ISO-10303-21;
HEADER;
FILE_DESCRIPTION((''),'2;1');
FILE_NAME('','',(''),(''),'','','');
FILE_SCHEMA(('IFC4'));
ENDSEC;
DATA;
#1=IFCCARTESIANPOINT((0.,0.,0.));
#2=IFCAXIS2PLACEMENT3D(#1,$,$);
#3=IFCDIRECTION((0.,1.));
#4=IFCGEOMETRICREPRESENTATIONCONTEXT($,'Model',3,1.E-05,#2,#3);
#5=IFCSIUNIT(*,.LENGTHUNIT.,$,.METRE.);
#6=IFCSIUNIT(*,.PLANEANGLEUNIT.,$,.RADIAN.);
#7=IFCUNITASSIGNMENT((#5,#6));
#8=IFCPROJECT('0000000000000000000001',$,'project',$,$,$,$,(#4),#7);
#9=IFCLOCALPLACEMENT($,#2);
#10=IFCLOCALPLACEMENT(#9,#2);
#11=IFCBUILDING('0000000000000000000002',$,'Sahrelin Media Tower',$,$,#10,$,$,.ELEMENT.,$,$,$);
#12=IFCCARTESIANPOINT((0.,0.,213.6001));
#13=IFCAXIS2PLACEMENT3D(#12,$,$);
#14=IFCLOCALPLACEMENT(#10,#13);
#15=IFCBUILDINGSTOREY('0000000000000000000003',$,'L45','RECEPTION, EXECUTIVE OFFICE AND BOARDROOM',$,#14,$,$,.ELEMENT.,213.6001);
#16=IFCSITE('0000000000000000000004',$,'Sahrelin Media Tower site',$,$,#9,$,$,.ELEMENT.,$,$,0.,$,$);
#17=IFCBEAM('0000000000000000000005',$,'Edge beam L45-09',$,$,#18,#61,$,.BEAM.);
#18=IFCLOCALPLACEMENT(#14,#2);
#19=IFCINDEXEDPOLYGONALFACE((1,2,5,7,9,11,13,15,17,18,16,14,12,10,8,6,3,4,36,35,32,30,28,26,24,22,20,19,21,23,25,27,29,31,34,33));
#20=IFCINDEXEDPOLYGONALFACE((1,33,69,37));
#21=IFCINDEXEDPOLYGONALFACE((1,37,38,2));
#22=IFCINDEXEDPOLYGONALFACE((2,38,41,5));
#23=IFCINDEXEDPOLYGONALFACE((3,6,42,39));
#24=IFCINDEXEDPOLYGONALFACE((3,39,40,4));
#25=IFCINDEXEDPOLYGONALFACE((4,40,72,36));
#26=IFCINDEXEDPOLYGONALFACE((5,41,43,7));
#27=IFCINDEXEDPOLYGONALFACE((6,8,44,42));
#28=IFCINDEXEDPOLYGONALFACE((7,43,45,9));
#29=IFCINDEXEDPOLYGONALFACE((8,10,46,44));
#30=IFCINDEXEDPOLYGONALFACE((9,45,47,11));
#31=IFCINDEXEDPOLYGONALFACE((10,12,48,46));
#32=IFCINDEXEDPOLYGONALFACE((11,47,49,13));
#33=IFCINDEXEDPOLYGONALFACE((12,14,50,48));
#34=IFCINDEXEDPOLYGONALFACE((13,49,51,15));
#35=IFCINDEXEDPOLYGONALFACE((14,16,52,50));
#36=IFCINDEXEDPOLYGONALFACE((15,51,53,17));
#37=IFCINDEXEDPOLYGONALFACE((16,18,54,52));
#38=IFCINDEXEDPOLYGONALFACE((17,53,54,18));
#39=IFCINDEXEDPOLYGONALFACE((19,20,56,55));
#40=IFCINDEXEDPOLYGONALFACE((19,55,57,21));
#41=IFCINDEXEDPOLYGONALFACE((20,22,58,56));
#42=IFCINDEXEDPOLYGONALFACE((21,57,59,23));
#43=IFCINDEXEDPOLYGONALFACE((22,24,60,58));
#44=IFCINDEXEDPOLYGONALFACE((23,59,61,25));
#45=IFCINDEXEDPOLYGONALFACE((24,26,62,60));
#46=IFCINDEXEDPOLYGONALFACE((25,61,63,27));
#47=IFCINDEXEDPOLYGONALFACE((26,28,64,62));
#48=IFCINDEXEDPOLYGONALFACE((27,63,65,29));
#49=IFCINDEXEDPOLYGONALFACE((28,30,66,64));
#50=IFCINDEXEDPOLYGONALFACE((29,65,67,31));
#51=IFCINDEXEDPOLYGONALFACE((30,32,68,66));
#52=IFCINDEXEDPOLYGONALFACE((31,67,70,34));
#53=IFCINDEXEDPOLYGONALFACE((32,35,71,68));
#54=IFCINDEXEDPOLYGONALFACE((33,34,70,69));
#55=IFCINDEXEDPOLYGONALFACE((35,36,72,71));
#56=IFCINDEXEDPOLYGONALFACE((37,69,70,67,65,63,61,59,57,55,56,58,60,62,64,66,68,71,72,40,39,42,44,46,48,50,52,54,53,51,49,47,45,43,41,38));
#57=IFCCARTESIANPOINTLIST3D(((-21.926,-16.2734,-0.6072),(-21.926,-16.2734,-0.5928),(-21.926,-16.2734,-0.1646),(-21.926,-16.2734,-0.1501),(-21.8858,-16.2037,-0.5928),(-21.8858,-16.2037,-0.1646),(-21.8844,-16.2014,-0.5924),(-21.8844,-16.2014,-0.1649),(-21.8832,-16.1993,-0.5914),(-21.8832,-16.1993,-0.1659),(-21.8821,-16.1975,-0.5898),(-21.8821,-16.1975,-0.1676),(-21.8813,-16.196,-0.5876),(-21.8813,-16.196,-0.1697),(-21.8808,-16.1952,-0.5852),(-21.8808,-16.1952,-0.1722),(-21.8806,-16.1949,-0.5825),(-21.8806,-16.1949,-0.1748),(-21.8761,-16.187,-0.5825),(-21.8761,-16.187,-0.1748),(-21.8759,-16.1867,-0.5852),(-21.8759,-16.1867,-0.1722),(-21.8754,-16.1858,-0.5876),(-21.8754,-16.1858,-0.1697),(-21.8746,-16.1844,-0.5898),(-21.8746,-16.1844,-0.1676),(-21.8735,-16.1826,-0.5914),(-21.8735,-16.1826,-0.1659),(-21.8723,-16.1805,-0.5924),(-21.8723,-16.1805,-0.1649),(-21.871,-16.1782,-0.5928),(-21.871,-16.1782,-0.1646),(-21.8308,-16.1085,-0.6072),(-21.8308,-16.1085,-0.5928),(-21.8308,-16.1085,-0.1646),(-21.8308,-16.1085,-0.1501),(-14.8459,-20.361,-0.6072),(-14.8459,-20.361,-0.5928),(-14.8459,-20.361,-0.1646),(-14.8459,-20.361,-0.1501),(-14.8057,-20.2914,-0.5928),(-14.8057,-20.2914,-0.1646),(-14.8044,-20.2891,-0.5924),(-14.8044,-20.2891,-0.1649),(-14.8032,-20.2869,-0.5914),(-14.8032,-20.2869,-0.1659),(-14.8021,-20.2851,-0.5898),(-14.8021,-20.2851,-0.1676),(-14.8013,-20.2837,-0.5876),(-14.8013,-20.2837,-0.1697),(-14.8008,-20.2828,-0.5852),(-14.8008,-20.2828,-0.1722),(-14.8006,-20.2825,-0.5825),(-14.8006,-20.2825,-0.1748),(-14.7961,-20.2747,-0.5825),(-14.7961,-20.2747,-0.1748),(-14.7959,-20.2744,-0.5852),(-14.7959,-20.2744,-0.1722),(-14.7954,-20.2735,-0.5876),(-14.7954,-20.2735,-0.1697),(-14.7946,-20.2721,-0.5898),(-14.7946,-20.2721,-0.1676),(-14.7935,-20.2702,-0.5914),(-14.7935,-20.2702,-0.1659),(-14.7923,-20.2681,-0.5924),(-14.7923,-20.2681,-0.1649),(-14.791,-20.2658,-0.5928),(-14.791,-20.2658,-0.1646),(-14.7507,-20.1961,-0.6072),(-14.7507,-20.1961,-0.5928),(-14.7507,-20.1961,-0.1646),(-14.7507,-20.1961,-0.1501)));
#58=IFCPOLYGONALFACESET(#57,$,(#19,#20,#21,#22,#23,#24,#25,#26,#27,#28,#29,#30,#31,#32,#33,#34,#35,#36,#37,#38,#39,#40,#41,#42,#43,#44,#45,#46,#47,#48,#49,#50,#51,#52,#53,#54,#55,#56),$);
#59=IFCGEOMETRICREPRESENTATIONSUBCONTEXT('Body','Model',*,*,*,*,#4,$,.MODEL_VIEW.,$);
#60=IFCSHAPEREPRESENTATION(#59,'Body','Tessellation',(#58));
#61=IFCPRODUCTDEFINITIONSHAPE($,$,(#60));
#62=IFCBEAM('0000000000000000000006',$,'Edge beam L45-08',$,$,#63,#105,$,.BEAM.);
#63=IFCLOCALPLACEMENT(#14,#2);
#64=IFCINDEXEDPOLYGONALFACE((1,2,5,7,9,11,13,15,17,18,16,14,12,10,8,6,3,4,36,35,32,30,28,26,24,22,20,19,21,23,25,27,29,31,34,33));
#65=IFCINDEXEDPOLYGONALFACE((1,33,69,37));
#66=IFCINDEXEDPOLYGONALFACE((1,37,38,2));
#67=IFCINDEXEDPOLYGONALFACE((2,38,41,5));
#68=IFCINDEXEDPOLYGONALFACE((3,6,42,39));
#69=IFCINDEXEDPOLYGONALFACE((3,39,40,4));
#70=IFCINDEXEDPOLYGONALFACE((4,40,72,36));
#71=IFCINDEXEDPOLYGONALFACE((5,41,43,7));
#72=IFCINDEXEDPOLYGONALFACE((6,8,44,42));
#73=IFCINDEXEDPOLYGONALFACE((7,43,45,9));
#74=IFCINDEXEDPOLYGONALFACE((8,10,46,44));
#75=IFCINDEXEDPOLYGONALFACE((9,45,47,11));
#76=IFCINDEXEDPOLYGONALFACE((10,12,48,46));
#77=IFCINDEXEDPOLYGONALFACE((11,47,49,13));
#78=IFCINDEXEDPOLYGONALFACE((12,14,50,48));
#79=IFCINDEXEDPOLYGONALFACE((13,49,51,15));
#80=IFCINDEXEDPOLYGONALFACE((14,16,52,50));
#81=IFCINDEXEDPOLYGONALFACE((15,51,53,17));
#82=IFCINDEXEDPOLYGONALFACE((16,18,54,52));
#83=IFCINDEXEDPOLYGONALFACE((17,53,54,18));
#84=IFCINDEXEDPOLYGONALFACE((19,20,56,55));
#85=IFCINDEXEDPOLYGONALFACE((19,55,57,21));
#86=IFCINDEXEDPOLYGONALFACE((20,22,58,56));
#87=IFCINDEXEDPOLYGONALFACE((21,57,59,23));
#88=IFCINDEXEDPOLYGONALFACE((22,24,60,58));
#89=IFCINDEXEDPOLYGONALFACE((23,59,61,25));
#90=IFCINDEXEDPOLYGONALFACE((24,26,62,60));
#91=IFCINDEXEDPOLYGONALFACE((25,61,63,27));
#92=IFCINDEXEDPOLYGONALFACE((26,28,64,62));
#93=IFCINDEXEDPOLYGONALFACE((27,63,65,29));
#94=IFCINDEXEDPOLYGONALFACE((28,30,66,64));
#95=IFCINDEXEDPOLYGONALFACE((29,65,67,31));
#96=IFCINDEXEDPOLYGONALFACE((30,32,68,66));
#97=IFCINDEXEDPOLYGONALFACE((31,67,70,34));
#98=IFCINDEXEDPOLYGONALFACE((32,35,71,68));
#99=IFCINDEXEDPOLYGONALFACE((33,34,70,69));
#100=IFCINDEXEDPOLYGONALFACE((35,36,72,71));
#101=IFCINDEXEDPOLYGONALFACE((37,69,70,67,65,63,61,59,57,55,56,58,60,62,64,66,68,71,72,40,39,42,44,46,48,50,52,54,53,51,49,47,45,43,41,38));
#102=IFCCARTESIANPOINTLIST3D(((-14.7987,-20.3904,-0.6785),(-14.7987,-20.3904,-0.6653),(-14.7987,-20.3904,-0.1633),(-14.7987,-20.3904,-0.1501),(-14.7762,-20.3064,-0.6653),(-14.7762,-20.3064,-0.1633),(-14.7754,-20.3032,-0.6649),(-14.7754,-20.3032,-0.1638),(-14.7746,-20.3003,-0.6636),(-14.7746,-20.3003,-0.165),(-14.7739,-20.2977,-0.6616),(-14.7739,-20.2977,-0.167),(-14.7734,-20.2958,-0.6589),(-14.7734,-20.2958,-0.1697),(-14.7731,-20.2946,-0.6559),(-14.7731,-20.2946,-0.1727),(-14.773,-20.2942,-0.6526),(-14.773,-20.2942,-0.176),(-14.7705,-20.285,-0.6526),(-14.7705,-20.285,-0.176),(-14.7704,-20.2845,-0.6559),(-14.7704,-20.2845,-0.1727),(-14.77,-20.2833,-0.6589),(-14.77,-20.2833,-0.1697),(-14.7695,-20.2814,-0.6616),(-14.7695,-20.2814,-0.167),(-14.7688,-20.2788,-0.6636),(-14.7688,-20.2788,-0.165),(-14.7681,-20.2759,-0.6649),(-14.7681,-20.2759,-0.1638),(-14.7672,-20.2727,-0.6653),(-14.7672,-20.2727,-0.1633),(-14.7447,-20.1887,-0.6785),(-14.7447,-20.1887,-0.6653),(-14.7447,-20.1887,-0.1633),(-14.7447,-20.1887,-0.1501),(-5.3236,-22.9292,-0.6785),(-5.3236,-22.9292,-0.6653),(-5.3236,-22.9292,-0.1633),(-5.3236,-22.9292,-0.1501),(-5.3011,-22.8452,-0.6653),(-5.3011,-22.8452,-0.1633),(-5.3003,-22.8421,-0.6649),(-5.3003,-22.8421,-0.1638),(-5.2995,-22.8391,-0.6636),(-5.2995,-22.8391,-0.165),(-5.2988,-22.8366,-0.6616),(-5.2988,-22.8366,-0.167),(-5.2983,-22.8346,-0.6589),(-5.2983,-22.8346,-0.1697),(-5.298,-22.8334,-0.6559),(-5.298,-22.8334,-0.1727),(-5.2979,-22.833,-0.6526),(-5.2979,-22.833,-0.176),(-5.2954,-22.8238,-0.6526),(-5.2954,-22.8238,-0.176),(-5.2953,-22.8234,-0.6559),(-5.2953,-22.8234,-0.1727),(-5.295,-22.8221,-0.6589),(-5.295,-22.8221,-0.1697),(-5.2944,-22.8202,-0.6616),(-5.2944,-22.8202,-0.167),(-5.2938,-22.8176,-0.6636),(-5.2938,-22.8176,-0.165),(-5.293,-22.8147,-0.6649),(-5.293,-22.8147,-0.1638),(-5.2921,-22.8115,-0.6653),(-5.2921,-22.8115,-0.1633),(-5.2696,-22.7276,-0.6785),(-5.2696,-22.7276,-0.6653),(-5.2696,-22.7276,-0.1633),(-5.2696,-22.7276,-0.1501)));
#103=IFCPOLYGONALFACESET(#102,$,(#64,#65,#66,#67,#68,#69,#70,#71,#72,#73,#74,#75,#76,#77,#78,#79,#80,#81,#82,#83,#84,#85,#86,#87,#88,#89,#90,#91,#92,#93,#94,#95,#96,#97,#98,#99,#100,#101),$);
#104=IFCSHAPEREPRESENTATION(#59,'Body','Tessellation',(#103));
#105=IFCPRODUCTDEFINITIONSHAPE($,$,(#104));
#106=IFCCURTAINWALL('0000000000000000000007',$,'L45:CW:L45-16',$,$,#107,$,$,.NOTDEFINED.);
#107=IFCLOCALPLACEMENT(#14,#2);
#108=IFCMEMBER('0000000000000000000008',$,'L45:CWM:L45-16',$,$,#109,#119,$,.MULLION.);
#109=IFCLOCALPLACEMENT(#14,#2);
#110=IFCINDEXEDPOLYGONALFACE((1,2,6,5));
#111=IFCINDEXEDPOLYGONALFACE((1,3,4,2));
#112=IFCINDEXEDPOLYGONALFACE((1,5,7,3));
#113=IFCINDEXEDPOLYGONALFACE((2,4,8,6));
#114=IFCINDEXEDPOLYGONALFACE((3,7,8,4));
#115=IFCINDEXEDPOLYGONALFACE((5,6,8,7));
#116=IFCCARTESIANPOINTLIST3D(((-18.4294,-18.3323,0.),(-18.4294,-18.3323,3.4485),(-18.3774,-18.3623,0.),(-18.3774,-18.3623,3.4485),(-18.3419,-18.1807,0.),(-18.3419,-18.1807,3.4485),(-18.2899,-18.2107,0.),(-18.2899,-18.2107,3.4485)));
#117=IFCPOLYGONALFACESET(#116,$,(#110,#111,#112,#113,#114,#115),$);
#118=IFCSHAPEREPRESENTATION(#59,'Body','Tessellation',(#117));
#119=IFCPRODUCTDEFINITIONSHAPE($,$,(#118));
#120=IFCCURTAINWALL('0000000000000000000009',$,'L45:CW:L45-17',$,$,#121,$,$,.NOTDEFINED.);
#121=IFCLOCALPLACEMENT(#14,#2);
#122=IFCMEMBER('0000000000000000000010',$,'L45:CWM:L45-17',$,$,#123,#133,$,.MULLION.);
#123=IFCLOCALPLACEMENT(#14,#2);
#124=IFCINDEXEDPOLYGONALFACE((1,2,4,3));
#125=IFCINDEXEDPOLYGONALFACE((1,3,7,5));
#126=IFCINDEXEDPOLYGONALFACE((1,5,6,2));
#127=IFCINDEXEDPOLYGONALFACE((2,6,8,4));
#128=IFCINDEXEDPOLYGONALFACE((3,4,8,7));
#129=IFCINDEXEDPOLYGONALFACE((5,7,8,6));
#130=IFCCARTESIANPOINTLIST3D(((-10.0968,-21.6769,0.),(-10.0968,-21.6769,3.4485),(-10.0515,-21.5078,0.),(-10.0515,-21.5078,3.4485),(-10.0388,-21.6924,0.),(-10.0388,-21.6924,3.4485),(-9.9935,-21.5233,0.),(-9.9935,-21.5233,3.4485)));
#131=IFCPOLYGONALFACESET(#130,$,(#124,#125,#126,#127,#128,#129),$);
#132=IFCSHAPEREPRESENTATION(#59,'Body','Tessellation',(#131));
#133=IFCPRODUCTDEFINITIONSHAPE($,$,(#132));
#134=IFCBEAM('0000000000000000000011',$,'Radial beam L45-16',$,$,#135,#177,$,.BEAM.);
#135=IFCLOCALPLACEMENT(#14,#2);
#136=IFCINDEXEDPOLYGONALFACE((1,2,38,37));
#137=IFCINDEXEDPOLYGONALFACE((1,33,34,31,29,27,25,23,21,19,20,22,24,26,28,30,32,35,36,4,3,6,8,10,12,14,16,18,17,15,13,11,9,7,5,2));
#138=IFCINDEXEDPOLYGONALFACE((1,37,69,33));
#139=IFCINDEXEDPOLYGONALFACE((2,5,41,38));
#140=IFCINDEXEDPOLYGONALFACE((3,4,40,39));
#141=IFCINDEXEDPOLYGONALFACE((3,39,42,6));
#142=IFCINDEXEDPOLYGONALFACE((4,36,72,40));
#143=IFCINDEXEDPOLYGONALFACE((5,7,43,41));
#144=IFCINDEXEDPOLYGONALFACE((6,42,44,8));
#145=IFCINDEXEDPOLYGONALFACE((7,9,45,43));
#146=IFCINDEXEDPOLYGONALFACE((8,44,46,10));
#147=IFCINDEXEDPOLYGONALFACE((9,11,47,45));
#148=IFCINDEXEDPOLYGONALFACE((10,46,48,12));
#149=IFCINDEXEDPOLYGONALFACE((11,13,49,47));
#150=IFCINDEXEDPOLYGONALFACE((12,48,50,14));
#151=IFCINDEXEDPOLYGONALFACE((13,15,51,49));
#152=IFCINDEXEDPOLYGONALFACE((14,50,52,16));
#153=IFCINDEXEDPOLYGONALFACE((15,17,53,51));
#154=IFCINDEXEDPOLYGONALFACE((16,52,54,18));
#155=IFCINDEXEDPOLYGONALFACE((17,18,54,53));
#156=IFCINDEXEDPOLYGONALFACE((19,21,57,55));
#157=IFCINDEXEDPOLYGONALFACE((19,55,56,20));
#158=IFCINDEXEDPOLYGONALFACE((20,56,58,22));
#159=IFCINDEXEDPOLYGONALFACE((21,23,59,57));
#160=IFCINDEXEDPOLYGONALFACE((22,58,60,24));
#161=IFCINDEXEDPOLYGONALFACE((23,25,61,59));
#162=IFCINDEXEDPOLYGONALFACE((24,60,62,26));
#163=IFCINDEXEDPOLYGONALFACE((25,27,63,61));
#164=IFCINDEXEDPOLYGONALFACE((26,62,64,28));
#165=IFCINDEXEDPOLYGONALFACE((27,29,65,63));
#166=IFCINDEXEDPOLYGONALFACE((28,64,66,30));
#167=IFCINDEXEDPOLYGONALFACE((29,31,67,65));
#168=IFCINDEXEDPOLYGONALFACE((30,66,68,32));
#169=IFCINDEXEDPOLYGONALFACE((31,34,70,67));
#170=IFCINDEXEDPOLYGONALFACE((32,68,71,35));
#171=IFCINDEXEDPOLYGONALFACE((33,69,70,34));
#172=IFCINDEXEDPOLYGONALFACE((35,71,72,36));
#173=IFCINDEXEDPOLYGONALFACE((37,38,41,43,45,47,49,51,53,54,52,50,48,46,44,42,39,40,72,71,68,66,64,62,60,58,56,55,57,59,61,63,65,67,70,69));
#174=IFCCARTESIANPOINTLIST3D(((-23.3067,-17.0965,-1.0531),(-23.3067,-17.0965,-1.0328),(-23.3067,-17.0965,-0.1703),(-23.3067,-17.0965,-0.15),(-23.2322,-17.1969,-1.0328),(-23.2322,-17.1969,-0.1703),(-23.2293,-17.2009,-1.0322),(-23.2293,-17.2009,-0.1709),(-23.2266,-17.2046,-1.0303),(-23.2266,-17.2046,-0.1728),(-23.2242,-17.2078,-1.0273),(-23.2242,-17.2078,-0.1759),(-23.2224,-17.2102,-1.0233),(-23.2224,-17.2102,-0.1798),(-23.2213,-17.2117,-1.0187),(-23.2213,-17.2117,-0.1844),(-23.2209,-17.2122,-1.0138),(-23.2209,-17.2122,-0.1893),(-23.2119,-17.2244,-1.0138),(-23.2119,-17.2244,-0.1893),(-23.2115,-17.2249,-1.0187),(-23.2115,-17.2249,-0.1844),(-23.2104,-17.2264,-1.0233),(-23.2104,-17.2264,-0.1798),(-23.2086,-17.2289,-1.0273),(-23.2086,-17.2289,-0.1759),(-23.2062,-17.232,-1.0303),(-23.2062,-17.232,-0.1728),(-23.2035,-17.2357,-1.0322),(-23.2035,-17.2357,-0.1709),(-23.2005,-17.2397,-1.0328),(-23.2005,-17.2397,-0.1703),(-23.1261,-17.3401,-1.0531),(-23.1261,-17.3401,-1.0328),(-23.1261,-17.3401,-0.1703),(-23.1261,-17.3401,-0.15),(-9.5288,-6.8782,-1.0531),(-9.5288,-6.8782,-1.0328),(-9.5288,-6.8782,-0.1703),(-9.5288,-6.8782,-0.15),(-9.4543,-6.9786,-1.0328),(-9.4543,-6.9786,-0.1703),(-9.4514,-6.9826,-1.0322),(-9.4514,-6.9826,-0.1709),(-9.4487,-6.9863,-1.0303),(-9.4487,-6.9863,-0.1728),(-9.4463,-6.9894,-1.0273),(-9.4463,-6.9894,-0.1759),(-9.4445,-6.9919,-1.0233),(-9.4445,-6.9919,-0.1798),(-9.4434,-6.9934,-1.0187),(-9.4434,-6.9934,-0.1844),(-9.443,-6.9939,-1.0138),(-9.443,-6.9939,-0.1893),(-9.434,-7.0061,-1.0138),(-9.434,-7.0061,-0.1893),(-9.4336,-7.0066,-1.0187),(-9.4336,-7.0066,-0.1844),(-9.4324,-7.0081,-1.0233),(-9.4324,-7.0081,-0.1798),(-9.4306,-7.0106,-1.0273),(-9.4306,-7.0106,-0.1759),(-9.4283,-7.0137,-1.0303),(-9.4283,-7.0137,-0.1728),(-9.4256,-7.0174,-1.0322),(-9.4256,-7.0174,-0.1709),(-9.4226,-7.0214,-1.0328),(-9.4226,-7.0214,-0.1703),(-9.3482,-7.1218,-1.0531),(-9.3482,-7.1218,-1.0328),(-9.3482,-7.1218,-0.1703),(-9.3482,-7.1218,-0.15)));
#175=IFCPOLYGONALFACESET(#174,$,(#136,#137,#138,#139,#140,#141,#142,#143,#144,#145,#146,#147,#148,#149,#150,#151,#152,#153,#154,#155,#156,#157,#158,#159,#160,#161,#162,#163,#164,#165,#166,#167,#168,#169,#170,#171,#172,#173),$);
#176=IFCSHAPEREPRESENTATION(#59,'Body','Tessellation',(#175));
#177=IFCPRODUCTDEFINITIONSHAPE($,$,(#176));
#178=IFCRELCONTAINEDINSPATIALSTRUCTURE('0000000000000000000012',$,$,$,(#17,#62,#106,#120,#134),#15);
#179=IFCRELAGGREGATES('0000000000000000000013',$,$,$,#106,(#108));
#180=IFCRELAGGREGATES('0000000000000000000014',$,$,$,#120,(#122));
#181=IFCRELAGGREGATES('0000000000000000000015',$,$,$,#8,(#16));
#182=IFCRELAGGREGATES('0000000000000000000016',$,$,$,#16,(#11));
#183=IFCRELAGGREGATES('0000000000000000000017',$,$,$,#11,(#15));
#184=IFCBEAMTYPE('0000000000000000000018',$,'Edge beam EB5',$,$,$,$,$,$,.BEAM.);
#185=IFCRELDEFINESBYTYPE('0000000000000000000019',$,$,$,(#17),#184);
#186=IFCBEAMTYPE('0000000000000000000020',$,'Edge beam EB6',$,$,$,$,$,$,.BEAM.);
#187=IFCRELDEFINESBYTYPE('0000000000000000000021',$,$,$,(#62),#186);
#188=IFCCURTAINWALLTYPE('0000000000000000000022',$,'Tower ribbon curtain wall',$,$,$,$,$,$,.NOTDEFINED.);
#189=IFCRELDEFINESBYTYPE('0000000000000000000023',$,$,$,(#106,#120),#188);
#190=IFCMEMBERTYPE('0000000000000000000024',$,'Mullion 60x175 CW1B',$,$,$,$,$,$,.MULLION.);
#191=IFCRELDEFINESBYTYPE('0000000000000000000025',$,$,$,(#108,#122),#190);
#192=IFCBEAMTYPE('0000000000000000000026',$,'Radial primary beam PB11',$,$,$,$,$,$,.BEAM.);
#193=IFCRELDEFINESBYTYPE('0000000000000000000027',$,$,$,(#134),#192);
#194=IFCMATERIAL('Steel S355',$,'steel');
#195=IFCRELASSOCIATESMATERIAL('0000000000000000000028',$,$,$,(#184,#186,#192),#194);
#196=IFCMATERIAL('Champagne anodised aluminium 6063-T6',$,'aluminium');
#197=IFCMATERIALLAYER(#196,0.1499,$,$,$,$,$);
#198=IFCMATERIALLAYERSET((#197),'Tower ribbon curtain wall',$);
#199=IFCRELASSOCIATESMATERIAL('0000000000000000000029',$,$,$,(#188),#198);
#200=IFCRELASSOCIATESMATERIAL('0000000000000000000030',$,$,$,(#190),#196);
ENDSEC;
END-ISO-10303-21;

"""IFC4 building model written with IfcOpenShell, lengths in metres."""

from ifc_helpers import new_model, si_unit, direction, frame, origin, origin_2d, place, context, subcontext, project, spatial, rectangle, i_section, extrude, material, layer, layer_set, material_profile, profile_set, type_object, element, aggregate, save


model = new_model("IFC4")

# Units and contexts
model_context = context("Model", 3, precision=1e-05, world=origin(), true_north=direction((0.0, 1.0)))
body_context = subcontext(model_context, "Body", "Model", "MODEL_VIEW")
ifc_project = project(units=[si_unit("LENGTHUNIT", "METRE"), si_unit("PLANEANGLEUNIT", "RADIAN")], contexts=[model_context])

# Site, building, storey
site_placement = place(None, origin())
site = spatial("IfcSite", under=ifc_project, at=site_placement, Name="Sahrelin Media Tower site", CompositionType="ELEMENT", RefElevation=0.0)
building_placement = place(site_placement, origin())
building = spatial("IfcBuilding", under=site, at=building_placement, Name="Sahrelin Media Tower", CompositionType="ELEMENT")
storey_placement = place(building_placement, frame((0.0, 0.0, 213.6001)))
storey = spatial("IfcBuildingStorey", under=building, at=storey_placement, Name="L45", Description="RECEPTION, EXECUTIVE OFFICE AND BOARDROOM", CompositionType="ELEMENT", Elevation=213.6001)

# Beams
ifc_material_1 = material(Name="Steel S355", Category="steel")
ifc_material_profile_1 = material_profile(ifc_material_1, i_section(OverallWidth=0.1904, OverallDepth=0.457, WebThickness=0.009, FlangeThickness=0.0144, FilletRadius=0.0103, at=origin_2d()), Name="UB 457x191x74")
ifc_profile_set_1 = profile_set([ifc_material_profile_1], Name="Steel S355")
beam_type_1 = type_object("IfcBeamType", Name="Edge beam EB5", PredefinedType="BEAM", material=ifc_profile_set_1)
beam_1_placement = place(storey_placement, frame((-14.7983, -20.2786, -0.3787), z_axis=(-0.866027, 0.499996, 0.0), x_axis=(-0.499996, -0.866027, 0.0)))
element("IfcBeam", 1, at=beam_1_placement, inside=storey, type_object=beam_type_1, Name="Edge beam L45-09", PredefinedType="BEAM", context=body_context, shape_type="SweptSolid", body=[
    extrude(i_section(OverallWidth=0.1904, OverallDepth=0.457, WebThickness=0.009, FlangeThickness=0.0144, FilletRadius=0.0103, at=origin_2d()), origin(), (0.0, 0.0, 1.0), 8.1753),
])
ifc_material_profile_2 = material_profile(ifc_material_1, i_section(OverallWidth=0.2087, OverallDepth=0.5283, WebThickness=0.0095, FlangeThickness=0.0132, FilletRadius=0.0127, at=origin_2d()), Name="UB 533x210x82")
ifc_profile_set_2 = profile_set([ifc_material_profile_2], Name="Steel S355")
beam_type_2 = type_object("IfcBeamType", Name="Edge beam EB6", PredefinedType="BEAM", material=ifc_profile_set_2)
beam_2_placement = place(storey_placement, frame((-5.2966, -22.8284, -0.4143), z_axis=(-0.965926, 0.258817, 0.0), x_axis=(-0.258817, -0.965926, 0.0)))
element("IfcBeam", 2, at=beam_2_placement, inside=storey, type_object=beam_type_2, Name="Edge beam L45-08", PredefinedType="BEAM", context=body_context, shape_type="SweptSolid", body=[
    extrude(i_section(OverallWidth=0.2087, OverallDepth=0.5283, WebThickness=0.0095, FlangeThickness=0.0132, FilletRadius=0.0127, at=origin_2d()), origin(), (0.0, 0.0, 1.0), 9.8093),
])

# Curtain walls, members
ifc_material_2 = material(Name="Champagne anodised aluminium 6063-T6", Category="aluminium")
ifc_layer_1 = layer(ifc_material_2, 0.1499)
ifc_layer_set_1 = layer_set([ifc_layer_1], Name="Tower ribbon curtain wall")
curtain_wall_type = type_object("IfcCurtainWallType", Name="Tower ribbon curtain wall", PredefinedType="NOTDEFINED", material=ifc_layer_set_1)
curtain_wall_1_placement = place(storey_placement, frame((-18.4133, -18.3645, 0.0), z_axis=(0.0, 0.0, 1.0), x_axis=(1.0, 0.0, 0.0)))
curtain_wall_1 = element("IfcCurtainWall", 3, at=curtain_wall_1_placement, inside=storey, type_object=curtain_wall_type, Name="L45:CW:L45-16", PredefinedType="NOTDEFINED")
ifc_material_profile_3 = material_profile(ifc_material_2, rectangle(XDim=0.0601, YDim=0.175, at=origin_2d()), Name="Mullion 60x175")
ifc_profile_set_3 = profile_set([ifc_material_profile_3], Name="Champagne anodised aluminium 6063-T6")
member_type_1 = type_object("IfcMemberType", Name="Mullion 60x175 CW1B", PredefinedType="MULLION", material=ifc_profile_set_3)
member_1_placement = place(storey_placement, frame((-18.3596, -18.2715, 0.0), z_axis=(0.0, 0.0, 1.0), x_axis=(0.866025, -0.500002, 0.0)))
member_1 = element("IfcMember", 4, at=member_1_placement, type_object=member_type_1, Name="L45:CWM:L45-16", PredefinedType="MULLION", context=body_context, shape_type="SweptSolid", body=[
    extrude(rectangle(XDim=0.0601, YDim=0.175, at=origin_2d()), origin(), (0.0, 0.0, 1.0), 3.4485),
])
aggregate(curtain_wall_1, [member_1])
curtain_wall_2_placement = place(storey_placement, frame((-10.073, -21.7039, 0.0), z_axis=(0.0, 0.0, 1.0), x_axis=(1.0, 0.0, 0.0)))
curtain_wall_2 = element("IfcCurtainWall", 5, at=curtain_wall_2_placement, inside=storey, type_object=curtain_wall_type, Name="L45:CW:L45-17", PredefinedType="NOTDEFINED")
member_2_placement = place(storey_placement, frame((-10.0452, -21.6001, 0.0), z_axis=(0.0, 0.0, 1.0), x_axis=(0.965925, -0.258821, 0.0)))
member_2 = element("IfcMember", 6, at=member_2_placement, type_object=member_type_1, Name="L45:CWM:L45-17", PredefinedType="MULLION", context=body_context, shape_type="SweptSolid", body=[
    extrude(rectangle(XDim=0.0601, YDim=0.175, at=origin_2d()), origin(), (0.0, 0.0, 1.0), 3.4485),
])

# Beam
ifc_material_profile_4 = material_profile(ifc_material_1, i_section(OverallWidth=0.3032, OverallDepth=0.9031, WebThickness=0.0151, FlangeThickness=0.0203, FilletRadius=0.019, at=origin_2d()), Name="UB 914x305x201")
ifc_profile_set_4 = profile_set([ifc_material_profile_4], Name="Steel S355")
beam_type_3 = type_object("IfcBeamType", Name="Radial primary beam PB11", PredefinedType="BEAM", material=ifc_profile_set_4)
beam_3_placement = place(storey_placement, frame((-9.4385, -7.0, -0.6016), z_axis=(-0.80321, -0.595696, 0.0), x_axis=(0.595696, -0.80321, 0.0)))
element("IfcBeam", 7, at=beam_3_placement, inside=storey, type_object=beam_type_3, Name="Radial beam L45-16", PredefinedType="BEAM", context=body_context, shape_type="SweptSolid", body=[
    extrude(i_section(OverallWidth=0.3032, OverallDepth=0.9031, WebThickness=0.0151, FlangeThickness=0.0203, FilletRadius=0.019, at=origin_2d()), origin(), (0.0, 0.0, 1.0), 17.1536),
])

aggregate(curtain_wall_2, [member_2])

save(model, "model.ifc")
